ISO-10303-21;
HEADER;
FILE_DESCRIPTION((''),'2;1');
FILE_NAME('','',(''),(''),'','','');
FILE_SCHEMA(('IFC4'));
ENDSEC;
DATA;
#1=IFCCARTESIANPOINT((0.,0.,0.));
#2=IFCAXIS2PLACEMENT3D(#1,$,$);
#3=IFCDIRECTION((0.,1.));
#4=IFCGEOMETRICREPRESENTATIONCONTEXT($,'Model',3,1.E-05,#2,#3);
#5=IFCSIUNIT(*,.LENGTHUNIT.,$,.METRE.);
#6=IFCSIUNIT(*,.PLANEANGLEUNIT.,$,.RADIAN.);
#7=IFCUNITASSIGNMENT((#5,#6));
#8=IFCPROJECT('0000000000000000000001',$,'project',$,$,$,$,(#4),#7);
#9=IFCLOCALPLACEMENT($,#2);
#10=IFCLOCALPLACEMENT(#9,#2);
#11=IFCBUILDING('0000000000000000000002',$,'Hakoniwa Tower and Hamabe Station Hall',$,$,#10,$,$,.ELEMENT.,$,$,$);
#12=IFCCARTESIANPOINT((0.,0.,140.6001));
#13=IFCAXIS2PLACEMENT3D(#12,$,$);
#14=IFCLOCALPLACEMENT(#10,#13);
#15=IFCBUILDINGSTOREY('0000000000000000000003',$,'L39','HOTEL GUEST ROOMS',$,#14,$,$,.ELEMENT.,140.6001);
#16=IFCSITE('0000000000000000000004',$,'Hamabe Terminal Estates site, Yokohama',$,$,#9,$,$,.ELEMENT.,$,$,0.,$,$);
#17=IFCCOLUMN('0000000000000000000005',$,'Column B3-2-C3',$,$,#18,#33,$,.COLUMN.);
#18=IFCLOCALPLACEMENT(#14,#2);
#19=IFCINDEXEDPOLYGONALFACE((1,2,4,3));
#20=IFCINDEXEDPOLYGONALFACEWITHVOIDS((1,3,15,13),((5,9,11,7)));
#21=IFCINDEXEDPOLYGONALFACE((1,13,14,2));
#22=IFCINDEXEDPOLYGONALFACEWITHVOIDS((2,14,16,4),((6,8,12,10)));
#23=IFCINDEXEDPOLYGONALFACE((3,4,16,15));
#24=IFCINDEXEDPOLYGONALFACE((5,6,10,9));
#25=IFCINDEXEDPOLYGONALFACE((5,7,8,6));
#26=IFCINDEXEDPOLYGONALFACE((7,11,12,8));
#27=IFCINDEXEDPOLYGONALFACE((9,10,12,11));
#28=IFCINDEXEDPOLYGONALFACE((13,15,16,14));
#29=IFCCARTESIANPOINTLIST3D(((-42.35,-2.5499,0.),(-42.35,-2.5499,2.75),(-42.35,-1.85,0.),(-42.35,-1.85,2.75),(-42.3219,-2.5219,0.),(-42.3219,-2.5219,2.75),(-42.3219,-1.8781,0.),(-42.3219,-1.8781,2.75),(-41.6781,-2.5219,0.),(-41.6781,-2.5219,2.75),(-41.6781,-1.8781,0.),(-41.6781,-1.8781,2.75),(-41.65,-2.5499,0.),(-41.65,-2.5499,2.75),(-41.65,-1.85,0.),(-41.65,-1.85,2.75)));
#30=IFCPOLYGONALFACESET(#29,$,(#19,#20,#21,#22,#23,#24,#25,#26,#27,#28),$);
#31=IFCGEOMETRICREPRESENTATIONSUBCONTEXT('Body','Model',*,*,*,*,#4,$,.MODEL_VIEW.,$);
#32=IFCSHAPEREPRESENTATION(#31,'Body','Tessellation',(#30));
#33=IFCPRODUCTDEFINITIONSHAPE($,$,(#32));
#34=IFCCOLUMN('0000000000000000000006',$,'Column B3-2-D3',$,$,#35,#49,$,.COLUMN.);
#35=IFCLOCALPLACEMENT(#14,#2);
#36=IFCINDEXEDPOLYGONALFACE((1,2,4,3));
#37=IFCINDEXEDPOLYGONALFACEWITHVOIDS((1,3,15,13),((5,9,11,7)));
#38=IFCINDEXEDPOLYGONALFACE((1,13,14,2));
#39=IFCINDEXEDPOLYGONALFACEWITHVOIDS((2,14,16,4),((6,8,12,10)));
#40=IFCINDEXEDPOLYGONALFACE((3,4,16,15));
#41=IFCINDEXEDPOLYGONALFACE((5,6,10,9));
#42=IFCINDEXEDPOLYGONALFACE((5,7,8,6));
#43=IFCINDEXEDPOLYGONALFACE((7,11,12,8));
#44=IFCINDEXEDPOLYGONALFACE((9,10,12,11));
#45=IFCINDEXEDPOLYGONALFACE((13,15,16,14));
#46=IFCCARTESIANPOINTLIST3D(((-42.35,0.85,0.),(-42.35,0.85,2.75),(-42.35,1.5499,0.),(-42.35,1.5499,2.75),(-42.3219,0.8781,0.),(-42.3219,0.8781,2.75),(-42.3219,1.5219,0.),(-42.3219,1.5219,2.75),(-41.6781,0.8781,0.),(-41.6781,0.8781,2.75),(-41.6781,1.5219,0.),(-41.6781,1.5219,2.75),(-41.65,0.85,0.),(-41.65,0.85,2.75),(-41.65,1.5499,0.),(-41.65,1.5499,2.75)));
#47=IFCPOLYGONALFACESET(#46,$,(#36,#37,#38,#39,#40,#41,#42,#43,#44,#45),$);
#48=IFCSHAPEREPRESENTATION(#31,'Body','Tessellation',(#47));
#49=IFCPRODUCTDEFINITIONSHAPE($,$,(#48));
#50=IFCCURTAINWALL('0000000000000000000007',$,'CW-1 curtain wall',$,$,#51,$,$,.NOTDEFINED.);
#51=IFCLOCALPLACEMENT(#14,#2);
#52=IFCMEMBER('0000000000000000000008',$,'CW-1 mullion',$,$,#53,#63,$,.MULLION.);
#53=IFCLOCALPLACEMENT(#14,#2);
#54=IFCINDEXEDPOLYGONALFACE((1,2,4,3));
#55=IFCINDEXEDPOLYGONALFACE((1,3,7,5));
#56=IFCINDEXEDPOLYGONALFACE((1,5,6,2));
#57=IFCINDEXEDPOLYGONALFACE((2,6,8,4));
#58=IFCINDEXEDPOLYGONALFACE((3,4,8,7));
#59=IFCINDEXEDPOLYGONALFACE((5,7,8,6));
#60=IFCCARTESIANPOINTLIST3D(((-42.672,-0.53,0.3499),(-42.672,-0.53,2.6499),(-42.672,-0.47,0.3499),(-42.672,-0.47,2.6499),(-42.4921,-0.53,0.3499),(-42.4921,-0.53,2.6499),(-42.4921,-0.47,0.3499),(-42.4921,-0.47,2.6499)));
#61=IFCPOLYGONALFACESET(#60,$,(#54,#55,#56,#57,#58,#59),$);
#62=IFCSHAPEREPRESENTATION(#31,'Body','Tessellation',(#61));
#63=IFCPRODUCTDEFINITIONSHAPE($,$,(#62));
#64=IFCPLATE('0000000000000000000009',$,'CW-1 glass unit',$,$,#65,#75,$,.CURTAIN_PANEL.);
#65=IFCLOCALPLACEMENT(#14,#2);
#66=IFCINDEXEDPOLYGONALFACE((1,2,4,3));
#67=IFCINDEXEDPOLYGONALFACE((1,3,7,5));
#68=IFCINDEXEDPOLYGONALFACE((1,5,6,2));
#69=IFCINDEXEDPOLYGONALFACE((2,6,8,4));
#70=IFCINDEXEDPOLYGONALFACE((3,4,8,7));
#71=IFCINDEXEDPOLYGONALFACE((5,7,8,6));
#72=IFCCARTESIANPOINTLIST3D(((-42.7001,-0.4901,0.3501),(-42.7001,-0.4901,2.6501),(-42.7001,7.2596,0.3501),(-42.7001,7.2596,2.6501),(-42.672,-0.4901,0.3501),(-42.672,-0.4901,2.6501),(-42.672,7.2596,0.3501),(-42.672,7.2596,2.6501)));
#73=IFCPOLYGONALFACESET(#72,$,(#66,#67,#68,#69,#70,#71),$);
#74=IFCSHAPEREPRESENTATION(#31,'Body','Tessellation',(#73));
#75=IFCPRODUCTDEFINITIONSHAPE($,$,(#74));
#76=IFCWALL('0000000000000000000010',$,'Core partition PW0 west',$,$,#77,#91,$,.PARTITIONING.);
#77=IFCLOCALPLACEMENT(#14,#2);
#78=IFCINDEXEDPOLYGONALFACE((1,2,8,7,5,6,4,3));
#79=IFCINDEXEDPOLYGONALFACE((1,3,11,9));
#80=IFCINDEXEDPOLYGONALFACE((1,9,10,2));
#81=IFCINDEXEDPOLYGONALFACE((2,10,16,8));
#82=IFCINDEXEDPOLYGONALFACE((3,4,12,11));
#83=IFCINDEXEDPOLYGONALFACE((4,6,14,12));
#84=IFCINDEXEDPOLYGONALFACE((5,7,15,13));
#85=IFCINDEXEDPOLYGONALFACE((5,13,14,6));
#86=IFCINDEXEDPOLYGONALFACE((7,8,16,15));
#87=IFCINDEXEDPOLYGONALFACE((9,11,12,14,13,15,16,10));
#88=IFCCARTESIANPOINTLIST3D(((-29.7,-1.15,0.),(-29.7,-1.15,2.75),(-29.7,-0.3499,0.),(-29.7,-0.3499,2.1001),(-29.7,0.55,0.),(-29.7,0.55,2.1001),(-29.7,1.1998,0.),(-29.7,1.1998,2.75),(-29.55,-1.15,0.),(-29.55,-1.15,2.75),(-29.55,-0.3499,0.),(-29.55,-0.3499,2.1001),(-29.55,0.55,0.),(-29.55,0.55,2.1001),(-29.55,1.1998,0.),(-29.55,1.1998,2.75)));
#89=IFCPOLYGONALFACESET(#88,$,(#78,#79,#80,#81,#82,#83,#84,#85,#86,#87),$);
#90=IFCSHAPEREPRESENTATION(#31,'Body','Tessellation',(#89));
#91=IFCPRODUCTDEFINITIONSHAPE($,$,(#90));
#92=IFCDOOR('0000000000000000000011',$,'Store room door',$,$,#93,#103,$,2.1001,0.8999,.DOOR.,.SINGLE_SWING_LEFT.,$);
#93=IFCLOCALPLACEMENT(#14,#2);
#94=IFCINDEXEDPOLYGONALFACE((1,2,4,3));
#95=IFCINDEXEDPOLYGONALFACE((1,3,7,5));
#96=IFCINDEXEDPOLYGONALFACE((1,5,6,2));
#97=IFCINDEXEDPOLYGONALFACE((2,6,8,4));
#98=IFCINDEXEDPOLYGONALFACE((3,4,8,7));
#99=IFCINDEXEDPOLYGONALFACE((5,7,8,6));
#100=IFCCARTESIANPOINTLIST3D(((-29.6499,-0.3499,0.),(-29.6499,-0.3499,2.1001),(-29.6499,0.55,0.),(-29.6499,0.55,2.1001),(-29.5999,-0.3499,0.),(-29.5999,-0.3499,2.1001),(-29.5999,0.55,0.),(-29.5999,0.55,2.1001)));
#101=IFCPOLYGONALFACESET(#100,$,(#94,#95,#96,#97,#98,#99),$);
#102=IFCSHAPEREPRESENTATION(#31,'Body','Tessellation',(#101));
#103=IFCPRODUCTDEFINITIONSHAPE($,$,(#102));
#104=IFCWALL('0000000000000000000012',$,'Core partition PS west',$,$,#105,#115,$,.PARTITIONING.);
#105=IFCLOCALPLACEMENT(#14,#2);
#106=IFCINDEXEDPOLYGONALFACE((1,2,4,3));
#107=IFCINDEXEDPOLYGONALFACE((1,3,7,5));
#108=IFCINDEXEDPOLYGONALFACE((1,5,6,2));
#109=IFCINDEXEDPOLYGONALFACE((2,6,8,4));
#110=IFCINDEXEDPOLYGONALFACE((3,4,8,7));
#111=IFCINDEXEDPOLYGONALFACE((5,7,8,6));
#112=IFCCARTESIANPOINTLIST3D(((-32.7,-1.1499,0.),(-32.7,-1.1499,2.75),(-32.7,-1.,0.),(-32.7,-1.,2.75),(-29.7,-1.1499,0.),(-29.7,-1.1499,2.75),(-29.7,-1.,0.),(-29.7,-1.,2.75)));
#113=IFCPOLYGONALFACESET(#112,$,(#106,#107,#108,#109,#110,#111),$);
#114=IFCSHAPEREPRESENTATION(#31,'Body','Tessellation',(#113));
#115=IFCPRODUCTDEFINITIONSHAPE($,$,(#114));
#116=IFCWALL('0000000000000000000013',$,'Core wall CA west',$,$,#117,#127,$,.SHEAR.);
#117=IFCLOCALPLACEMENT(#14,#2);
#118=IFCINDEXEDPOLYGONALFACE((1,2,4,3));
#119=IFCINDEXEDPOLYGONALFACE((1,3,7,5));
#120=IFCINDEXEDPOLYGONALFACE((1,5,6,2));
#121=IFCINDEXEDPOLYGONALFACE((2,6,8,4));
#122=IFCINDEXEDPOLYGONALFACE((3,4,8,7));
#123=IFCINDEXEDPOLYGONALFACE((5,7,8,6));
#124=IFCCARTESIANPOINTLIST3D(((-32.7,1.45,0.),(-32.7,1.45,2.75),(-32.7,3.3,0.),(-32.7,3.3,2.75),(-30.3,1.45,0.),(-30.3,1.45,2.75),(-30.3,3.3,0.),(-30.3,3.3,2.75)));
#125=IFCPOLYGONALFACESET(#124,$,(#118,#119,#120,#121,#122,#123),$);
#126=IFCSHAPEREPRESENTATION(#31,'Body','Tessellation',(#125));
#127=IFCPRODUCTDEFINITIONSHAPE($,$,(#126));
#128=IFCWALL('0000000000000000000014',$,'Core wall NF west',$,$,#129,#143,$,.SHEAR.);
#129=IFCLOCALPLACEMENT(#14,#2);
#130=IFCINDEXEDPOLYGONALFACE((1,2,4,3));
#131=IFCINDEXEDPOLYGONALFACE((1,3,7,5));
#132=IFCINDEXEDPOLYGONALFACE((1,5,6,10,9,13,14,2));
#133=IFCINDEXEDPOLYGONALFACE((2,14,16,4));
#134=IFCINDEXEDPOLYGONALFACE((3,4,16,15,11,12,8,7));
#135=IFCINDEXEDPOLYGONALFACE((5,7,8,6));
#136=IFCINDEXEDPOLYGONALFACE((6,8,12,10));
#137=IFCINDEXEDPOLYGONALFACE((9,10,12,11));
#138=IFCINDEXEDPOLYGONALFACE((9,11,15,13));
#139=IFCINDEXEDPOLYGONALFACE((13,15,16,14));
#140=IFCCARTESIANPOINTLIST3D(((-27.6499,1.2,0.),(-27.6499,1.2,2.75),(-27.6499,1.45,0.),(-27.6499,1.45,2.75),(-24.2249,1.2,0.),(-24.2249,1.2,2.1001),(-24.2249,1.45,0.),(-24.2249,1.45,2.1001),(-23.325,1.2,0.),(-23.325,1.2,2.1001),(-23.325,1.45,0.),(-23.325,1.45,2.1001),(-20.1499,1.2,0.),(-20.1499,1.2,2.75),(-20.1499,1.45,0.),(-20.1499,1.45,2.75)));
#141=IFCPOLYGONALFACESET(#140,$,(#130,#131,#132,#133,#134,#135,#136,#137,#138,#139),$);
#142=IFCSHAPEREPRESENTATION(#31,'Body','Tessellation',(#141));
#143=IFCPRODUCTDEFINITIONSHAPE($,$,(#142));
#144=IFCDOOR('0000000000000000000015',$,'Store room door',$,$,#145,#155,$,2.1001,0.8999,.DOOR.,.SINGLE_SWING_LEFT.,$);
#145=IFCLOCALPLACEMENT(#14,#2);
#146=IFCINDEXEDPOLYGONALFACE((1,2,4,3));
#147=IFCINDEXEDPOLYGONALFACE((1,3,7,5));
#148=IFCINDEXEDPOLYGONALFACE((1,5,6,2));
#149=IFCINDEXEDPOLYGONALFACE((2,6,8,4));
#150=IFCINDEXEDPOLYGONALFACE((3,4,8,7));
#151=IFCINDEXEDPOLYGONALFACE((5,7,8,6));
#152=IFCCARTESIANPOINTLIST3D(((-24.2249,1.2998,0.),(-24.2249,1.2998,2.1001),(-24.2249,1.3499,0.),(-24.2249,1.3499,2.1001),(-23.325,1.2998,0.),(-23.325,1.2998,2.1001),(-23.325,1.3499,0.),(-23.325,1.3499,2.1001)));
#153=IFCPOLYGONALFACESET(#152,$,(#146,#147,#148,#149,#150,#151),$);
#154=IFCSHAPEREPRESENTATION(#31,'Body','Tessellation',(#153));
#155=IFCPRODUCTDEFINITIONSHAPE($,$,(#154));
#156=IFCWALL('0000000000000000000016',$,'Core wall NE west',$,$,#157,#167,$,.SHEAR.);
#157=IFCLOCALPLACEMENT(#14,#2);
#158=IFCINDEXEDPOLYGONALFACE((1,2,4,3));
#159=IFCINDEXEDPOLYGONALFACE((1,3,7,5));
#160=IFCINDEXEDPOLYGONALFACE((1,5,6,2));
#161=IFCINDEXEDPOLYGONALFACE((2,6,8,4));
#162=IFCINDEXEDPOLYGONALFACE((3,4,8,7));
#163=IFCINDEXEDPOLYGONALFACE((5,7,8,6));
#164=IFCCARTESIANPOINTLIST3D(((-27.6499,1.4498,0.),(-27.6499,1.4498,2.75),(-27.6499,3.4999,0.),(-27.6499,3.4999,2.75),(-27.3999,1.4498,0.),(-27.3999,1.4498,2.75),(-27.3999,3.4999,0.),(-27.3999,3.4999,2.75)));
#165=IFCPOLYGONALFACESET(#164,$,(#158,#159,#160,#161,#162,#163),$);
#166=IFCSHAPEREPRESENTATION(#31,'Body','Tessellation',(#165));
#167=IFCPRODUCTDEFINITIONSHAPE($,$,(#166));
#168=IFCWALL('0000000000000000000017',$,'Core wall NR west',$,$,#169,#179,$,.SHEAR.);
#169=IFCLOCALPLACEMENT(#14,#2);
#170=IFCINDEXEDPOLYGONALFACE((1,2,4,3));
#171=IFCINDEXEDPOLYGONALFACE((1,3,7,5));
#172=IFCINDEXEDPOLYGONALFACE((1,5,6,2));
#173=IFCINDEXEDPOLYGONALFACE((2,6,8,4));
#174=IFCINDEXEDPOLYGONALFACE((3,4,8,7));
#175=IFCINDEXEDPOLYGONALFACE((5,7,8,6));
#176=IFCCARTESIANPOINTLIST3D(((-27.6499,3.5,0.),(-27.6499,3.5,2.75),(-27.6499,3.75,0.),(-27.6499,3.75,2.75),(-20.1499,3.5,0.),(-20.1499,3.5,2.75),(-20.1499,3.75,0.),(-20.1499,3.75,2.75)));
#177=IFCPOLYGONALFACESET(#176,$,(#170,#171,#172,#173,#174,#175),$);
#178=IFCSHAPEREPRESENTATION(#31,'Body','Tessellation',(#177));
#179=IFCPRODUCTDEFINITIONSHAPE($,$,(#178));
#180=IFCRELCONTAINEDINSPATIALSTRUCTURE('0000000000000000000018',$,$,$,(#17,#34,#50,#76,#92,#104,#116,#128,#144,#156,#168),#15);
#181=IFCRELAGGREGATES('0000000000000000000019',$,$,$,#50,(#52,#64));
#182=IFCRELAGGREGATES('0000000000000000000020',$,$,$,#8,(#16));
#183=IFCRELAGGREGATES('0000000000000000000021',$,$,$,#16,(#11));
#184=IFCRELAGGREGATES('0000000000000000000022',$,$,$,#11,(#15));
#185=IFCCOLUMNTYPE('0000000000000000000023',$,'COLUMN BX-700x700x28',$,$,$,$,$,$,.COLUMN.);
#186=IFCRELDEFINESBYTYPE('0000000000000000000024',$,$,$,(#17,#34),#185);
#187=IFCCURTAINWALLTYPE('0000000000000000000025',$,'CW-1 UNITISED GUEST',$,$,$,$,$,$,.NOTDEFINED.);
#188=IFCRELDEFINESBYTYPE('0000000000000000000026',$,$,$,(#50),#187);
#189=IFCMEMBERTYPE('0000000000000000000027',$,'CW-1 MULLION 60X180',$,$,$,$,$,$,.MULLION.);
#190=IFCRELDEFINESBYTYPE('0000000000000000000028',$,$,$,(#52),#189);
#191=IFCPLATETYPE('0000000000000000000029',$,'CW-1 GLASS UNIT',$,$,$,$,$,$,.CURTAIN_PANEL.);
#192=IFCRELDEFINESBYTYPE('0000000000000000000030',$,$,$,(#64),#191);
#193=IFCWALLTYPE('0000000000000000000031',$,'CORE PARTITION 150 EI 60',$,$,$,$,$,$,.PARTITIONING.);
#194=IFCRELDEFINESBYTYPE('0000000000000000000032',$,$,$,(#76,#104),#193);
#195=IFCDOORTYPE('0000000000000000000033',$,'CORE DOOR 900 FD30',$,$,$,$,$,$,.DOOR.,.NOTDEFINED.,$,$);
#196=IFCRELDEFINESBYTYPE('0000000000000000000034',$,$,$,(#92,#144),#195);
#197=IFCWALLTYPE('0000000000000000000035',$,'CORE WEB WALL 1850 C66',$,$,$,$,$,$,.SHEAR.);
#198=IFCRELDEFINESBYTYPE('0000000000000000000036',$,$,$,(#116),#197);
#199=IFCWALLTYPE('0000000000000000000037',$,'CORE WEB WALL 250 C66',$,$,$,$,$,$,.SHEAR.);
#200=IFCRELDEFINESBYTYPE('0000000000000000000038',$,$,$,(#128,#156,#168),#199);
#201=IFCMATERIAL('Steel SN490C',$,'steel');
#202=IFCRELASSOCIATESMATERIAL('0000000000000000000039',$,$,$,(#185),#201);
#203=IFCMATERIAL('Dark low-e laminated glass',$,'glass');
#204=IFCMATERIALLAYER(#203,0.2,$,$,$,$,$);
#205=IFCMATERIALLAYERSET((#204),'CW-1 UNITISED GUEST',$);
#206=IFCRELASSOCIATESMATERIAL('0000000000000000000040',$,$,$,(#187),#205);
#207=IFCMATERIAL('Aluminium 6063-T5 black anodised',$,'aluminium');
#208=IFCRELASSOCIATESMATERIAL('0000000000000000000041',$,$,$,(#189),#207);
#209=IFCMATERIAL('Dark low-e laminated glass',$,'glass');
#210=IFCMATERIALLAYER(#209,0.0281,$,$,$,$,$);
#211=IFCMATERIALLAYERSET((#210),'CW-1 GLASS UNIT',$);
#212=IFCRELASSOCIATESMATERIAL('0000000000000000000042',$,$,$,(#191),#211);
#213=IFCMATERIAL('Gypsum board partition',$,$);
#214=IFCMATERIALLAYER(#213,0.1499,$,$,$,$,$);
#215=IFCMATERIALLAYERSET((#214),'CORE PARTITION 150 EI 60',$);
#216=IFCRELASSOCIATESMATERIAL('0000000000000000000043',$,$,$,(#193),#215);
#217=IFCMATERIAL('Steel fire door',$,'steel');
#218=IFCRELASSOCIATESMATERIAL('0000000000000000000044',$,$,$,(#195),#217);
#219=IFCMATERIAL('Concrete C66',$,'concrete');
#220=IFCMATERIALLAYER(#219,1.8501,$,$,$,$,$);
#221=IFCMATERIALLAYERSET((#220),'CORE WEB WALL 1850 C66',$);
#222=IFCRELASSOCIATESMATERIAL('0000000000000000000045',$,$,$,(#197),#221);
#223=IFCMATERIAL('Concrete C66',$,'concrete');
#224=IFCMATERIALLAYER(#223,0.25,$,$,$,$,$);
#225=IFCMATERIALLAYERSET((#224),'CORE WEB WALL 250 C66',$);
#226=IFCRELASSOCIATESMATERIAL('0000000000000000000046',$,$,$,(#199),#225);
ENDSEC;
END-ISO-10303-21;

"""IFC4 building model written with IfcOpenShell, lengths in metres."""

from ifc_helpers import new_model, si_unit, direction, frame, frame_2d, origin, origin_2d, place, context, subcontext, project, spatial, rectangle, hollow_rectangle, extrude, material, layer, layer_set, material_profile, profile_set, type_object, element, fill, aggregate, save


model = new_model("IFC4")

# Units and contexts
model_context = context("Model", 3, precision=1e-05, world=origin(), true_north=direction((0.0, 1.0)))
body_context = subcontext(model_context, "Body", "Model", "MODEL_VIEW")
ifc_project = project(units=[si_unit("LENGTHUNIT", "METRE"), si_unit("PLANEANGLEUNIT", "RADIAN")], contexts=[model_context])

# Site, building, storey
site_placement = place(None, origin())
site = spatial("IfcSite", under=ifc_project, at=site_placement, Name="Hamabe Terminal Estates site, Yokohama", CompositionType="ELEMENT", RefElevation=0.0)
building_placement = place(site_placement, origin())
building = spatial("IfcBuilding", under=site, at=building_placement, Name="Hakoniwa Tower and Hamabe Station Hall", CompositionType="ELEMENT")
storey_placement = place(building_placement, frame((0.0, 0.0, 140.6001)))
storey = spatial("IfcBuildingStorey", under=building, at=storey_placement, Name="L39", Description="HOTEL GUEST ROOMS", CompositionType="ELEMENT", Elevation=140.6001)

# Columns
ifc_material_1 = material(Name="Steel SN490C", Category="steel")
ifc_material_profile_1 = material_profile(ifc_material_1, hollow_rectangle(XDim=0.7, YDim=0.7, WallThickness=0.0281, at=origin_2d()), Name="BX-700x700x28")
ifc_profile_set_1 = profile_set([ifc_material_profile_1], Name="Steel SN490C")
column_type = type_object("IfcColumnType", Name="COLUMN BX-700x700x28", PredefinedType="COLUMN", material=ifc_profile_set_1)
for number, where, z_axis, x_axis, name in (
    (1, (-42.0, -2.2, 0.0), (0.0, 0.0, 1.0), (1.0, 0.0, 0.0), "Column B3-2-C3"),
    (2, (-42.0, 1.2, 0.0), (0.0, 0.0, 1.0), (1.0, 0.0, 0.0), "Column B3-2-D3"),
):
    element("IfcColumn", number, at=place(storey_placement, frame(where, z_axis=z_axis, x_axis=x_axis)), inside=storey, type_object=column_type, Name=name, PredefinedType="COLUMN", context=body_context, shape_type="SweptSolid", body=[
        extrude(hollow_rectangle(XDim=0.7, YDim=0.7, WallThickness=0.0281, at=origin_2d()), origin(), (0.0, 0.0, 1.0), 2.75),
    ])

# Curtain wall, member, plate
ifc_material_2 = material(Name="Dark low-e laminated glass", Category="glass")
ifc_layer_1 = layer(ifc_material_2, 0.2)
ifc_layer_set_1 = layer_set([ifc_layer_1], Name="CW-1 UNITISED GUEST")
curtain_wall_type = type_object("IfcCurtainWallType", Name="CW-1 UNITISED GUEST", PredefinedType="NOTDEFINED", material=ifc_layer_set_1)
curtain_wall_placement = place(storey_placement, origin())
curtain_wall = element("IfcCurtainWall", 3, at=curtain_wall_placement, inside=storey, type_object=curtain_wall_type, Name="CW-1 curtain wall", PredefinedType="NOTDEFINED")
ifc_material_3 = material(Name="Aluminium 6063-T5 black anodised", Category="aluminium")
ifc_material_profile_2 = material_profile(ifc_material_3, rectangle(XDim=0.0601, YDim=0.1799, at=origin_2d()), Name="CW-1 MULLION 60X180")
ifc_profile_set_2 = profile_set([ifc_material_profile_2], Name="Aluminium 6063-T5 black anodised")
member_type = type_object("IfcMemberType", Name="CW-1 MULLION 60X180", PredefinedType="MULLION", material=ifc_profile_set_2)
member_placement = place(storey_placement, frame((-42.582, -0.5, 0.3499), z_axis=(0.0, 0.0, 1.0), x_axis=(0.0, -1.0, 0.0)))
member = element("IfcMember", 4, at=member_placement, type_object=member_type, Name="CW-1 mullion", PredefinedType="MULLION", context=body_context, shape_type="SweptSolid", body=[
    extrude(rectangle(XDim=0.0601, YDim=0.1799, at=origin_2d()), origin(), (0.0, 0.0, 1.0), 2.3),
])
ifc_material_4 = material(Name="Dark low-e laminated glass", Category="glass")
ifc_layer_2 = layer(ifc_material_4, 0.0281)
ifc_layer_set_2 = layer_set([ifc_layer_2], Name="CW-1 GLASS UNIT")
plate_type = type_object("IfcPlateType", Name="CW-1 GLASS UNIT", PredefinedType="CURTAIN_PANEL", material=ifc_layer_set_2)
plate_placement = place(storey_placement, frame((-42.686, 3.3848, 0.3501), z_axis=(0.0, 0.0, 1.0), x_axis=(0.0, -1.0, 0.0)))
plate = element("IfcPlate", 5, at=plate_placement, type_object=plate_type, Name="CW-1 glass unit", PredefinedType="CURTAIN_PANEL", context=body_context, shape_type="SweptSolid", body=[
    extrude(rectangle(XDim=7.7498, YDim=0.0281, at=origin_2d()), origin(), (0.0, 0.0, 1.0), 2.3),
])
aggregate(curtain_wall, [member, plate])

# Wall, opening, door
ifc_material_5 = material(Name="Gypsum board partition")
ifc_layer_3 = layer(ifc_material_5, 0.1499)
ifc_layer_set_3 = layer_set([ifc_layer_3], Name="CORE PARTITION 150 EI 60")
wall_type_1 = type_object("IfcWallType", Name="CORE PARTITION 150 EI 60", PredefinedType="PARTITIONING", material=ifc_layer_set_3)
wall_1_placement = place(storey_placement, frame((-29.625, -1.1499, 0.0), z_axis=(0.0, 0.0, 1.0), x_axis=(0.0, 1.0, 0.0)))
wall_1 = element("IfcWall", 6, at=wall_1_placement, inside=storey, type_object=wall_type_1, Name="Core partition PW0 west", PredefinedType="PARTITIONING", context=body_context, shape_type="SweptSolid", body=[
    extrude(rectangle(XDim=2.3499, YDim=0.1499, at=frame_2d((1.1748, 0.0))), origin(), (0.0, 0.0, 1.0), 2.75),
])
opening_1_placement = place(wall_1_placement, frame((0.8, 0.0, 0.0)))
opening_1 = element("IfcOpeningElement", 7, at=opening_1_placement, cuts=wall_1, PredefinedType="OPENING", context=body_context, shape_type="SweptSolid", body=[
    extrude(rectangle(XDim=0.8999, YDim=2.1001, at=frame_2d((0.45, 1.05))), frame((0.0, 0.085, 0.0), z_axis=(0.0, -1.0, 0.0), x_axis=(1.0, 0.0, 0.0)), (0.0, 0.0, 1.0), 0.1699),
])
ifc_material_6 = material(Name="Steel fire door", Category="steel")
door_type_1 = type_object("IfcDoorType", Name="CORE DOOR 900 FD30", OperationType="NOTDEFINED", PredefinedType="DOOR", material=ifc_material_6)
door_1_placement = place(opening_1_placement, origin())
door_1 = element("IfcDoor", 8, at=door_1_placement, inside=storey, type_object=door_type_1, Name="Store room door", OperationType="SINGLE_SWING_LEFT", OverallHeight=2.1001, OverallWidth=0.8999, PredefinedType="DOOR", context=body_context, shape_type="SweptSolid", body=[
    extrude(rectangle(XDim=0.8999, YDim=2.1001, at=frame_2d((0.45, 1.05))), frame((0.0, 0.0249, 0.0), z_axis=(0.0, -1.0, 0.0), x_axis=(1.0, 0.0, 0.0)), (0.0, 0.0, 1.0), 0.05),
])
fill(opening_1, door_1)

# Walls
wall_2_placement = place(storey_placement, frame((-32.7, -1.075, 0.0), z_axis=(0.0, 0.0, 1.0), x_axis=(1.0, 0.0, 0.0)))
element("IfcWall", 9, at=wall_2_placement, inside=storey, type_object=wall_type_1, Name="Core partition PS west", PredefinedType="PARTITIONING", context=body_context, shape_type="SweptSolid", body=[
    extrude(rectangle(XDim=3.0, YDim=0.1499, at=frame_2d((1.5, 0.0))), origin(), (0.0, 0.0, 1.0), 2.75),
])
ifc_material_7 = material(Name="Concrete C66", Category="concrete")
ifc_layer_4 = layer(ifc_material_7, 1.8501)
ifc_layer_set_4 = layer_set([ifc_layer_4], Name="CORE WEB WALL 1850 C66")
wall_type_2 = type_object("IfcWallType", Name="CORE WEB WALL 1850 C66", PredefinedType="SHEAR", material=ifc_layer_set_4)
wall_3_placement = place(storey_placement, frame((-32.7, 2.375, 0.0), z_axis=(0.0, 0.0, 1.0), x_axis=(1.0, 0.0, 0.0)))
element("IfcWall", 10, at=wall_3_placement, inside=storey, type_object=wall_type_2, Name="Core wall CA west", PredefinedType="SHEAR", context=body_context, shape_type="SweptSolid", body=[
    extrude(rectangle(XDim=2.3999, YDim=1.8501, at=frame_2d((1.2, 0.0))), origin(), (0.0, 0.0, 1.0), 2.75),
])

# Wall, opening, door
ifc_material_8 = material(Name="Concrete C66", Category="concrete")
ifc_layer_5 = layer(ifc_material_8, 0.25)
ifc_layer_set_5 = layer_set([ifc_layer_5], Name="CORE WEB WALL 250 C66")
wall_type_3 = type_object("IfcWallType", Name="CORE WEB WALL 250 C66", PredefinedType="SHEAR", material=ifc_layer_set_5)
wall_4_placement = place(storey_placement, frame((-27.6499, 1.325, 0.0), z_axis=(0.0, 0.0, 1.0), x_axis=(1.0, 0.0, 0.0)))
wall_4 = element("IfcWall", 11, at=wall_4_placement, inside=storey, type_object=wall_type_3, Name="Core wall NF west", PredefinedType="SHEAR", context=body_context, shape_type="SweptSolid", body=[
    extrude(rectangle(XDim=7.5, YDim=0.25, at=frame_2d((3.75, 0.0))), origin(), (0.0, 0.0, 1.0), 2.75),
])
opening_2_placement = place(wall_4_placement, frame((3.425, 0.0, 0.0)))
opening_2 = element("IfcOpeningElement", 12, at=opening_2_placement, cuts=wall_4, PredefinedType="OPENING", context=body_context, shape_type="SweptSolid", body=[
    extrude(rectangle(XDim=0.8999, YDim=2.1001, at=frame_2d((0.45, 1.05))), frame((0.0, 0.135, 0.0), z_axis=(0.0, -1.0, 0.0), x_axis=(1.0, 0.0, 0.0)), (0.0, 0.0, 1.0), 0.27),
])
door_2_placement = place(opening_2_placement, origin())
door_2 = element("IfcDoor", 13, at=door_2_placement, inside=storey, type_object=door_type_1, Name="Store room door", OperationType="SINGLE_SWING_LEFT", OverallHeight=2.1001, OverallWidth=0.8999, PredefinedType="DOOR", context=body_context, shape_type="SweptSolid", body=[
    extrude(rectangle(XDim=0.8999, YDim=2.1001, at=frame_2d((0.45, 1.05))), frame((0.0, 0.0249, 0.0), z_axis=(0.0, -1.0, 0.0), x_axis=(1.0, 0.0, 0.0)), (0.0, 0.0, 1.0), 0.05),
])
fill(opening_2, door_2)

# Walls
wall_5_placement = place(storey_placement, frame((-27.5249, 1.45, 0.0), z_axis=(0.0, 0.0, 1.0), x_axis=(0.0, 1.0, 0.0)))
element("IfcWall", 14, at=wall_5_placement, inside=storey, type_object=wall_type_3, Name="Core wall NE west", PredefinedType="SHEAR", context=body_context, shape_type="SweptSolid", body=[
    extrude(rectangle(XDim=2.05, YDim=0.25, at=frame_2d((1.0249, 0.0))), origin(), (0.0, 0.0, 1.0), 2.75),
])
wall_6_placement = place(storey_placement, frame((-27.6499, 3.625, 0.0), z_axis=(0.0, 0.0, 1.0), x_axis=(1.0, 0.0, 0.0)))
element("IfcWall", 15, at=wall_6_placement, inside=storey, type_object=wall_type_3, Name="Core wall NR west", PredefinedType="SHEAR", context=body_context, shape_type="SweptSolid", body=[
    extrude(rectangle(XDim=7.5, YDim=0.25, at=frame_2d((3.75, 0.0))), origin(), (0.0, 0.0, 1.0), 2.75),
])

save(model, "model.ifc")
